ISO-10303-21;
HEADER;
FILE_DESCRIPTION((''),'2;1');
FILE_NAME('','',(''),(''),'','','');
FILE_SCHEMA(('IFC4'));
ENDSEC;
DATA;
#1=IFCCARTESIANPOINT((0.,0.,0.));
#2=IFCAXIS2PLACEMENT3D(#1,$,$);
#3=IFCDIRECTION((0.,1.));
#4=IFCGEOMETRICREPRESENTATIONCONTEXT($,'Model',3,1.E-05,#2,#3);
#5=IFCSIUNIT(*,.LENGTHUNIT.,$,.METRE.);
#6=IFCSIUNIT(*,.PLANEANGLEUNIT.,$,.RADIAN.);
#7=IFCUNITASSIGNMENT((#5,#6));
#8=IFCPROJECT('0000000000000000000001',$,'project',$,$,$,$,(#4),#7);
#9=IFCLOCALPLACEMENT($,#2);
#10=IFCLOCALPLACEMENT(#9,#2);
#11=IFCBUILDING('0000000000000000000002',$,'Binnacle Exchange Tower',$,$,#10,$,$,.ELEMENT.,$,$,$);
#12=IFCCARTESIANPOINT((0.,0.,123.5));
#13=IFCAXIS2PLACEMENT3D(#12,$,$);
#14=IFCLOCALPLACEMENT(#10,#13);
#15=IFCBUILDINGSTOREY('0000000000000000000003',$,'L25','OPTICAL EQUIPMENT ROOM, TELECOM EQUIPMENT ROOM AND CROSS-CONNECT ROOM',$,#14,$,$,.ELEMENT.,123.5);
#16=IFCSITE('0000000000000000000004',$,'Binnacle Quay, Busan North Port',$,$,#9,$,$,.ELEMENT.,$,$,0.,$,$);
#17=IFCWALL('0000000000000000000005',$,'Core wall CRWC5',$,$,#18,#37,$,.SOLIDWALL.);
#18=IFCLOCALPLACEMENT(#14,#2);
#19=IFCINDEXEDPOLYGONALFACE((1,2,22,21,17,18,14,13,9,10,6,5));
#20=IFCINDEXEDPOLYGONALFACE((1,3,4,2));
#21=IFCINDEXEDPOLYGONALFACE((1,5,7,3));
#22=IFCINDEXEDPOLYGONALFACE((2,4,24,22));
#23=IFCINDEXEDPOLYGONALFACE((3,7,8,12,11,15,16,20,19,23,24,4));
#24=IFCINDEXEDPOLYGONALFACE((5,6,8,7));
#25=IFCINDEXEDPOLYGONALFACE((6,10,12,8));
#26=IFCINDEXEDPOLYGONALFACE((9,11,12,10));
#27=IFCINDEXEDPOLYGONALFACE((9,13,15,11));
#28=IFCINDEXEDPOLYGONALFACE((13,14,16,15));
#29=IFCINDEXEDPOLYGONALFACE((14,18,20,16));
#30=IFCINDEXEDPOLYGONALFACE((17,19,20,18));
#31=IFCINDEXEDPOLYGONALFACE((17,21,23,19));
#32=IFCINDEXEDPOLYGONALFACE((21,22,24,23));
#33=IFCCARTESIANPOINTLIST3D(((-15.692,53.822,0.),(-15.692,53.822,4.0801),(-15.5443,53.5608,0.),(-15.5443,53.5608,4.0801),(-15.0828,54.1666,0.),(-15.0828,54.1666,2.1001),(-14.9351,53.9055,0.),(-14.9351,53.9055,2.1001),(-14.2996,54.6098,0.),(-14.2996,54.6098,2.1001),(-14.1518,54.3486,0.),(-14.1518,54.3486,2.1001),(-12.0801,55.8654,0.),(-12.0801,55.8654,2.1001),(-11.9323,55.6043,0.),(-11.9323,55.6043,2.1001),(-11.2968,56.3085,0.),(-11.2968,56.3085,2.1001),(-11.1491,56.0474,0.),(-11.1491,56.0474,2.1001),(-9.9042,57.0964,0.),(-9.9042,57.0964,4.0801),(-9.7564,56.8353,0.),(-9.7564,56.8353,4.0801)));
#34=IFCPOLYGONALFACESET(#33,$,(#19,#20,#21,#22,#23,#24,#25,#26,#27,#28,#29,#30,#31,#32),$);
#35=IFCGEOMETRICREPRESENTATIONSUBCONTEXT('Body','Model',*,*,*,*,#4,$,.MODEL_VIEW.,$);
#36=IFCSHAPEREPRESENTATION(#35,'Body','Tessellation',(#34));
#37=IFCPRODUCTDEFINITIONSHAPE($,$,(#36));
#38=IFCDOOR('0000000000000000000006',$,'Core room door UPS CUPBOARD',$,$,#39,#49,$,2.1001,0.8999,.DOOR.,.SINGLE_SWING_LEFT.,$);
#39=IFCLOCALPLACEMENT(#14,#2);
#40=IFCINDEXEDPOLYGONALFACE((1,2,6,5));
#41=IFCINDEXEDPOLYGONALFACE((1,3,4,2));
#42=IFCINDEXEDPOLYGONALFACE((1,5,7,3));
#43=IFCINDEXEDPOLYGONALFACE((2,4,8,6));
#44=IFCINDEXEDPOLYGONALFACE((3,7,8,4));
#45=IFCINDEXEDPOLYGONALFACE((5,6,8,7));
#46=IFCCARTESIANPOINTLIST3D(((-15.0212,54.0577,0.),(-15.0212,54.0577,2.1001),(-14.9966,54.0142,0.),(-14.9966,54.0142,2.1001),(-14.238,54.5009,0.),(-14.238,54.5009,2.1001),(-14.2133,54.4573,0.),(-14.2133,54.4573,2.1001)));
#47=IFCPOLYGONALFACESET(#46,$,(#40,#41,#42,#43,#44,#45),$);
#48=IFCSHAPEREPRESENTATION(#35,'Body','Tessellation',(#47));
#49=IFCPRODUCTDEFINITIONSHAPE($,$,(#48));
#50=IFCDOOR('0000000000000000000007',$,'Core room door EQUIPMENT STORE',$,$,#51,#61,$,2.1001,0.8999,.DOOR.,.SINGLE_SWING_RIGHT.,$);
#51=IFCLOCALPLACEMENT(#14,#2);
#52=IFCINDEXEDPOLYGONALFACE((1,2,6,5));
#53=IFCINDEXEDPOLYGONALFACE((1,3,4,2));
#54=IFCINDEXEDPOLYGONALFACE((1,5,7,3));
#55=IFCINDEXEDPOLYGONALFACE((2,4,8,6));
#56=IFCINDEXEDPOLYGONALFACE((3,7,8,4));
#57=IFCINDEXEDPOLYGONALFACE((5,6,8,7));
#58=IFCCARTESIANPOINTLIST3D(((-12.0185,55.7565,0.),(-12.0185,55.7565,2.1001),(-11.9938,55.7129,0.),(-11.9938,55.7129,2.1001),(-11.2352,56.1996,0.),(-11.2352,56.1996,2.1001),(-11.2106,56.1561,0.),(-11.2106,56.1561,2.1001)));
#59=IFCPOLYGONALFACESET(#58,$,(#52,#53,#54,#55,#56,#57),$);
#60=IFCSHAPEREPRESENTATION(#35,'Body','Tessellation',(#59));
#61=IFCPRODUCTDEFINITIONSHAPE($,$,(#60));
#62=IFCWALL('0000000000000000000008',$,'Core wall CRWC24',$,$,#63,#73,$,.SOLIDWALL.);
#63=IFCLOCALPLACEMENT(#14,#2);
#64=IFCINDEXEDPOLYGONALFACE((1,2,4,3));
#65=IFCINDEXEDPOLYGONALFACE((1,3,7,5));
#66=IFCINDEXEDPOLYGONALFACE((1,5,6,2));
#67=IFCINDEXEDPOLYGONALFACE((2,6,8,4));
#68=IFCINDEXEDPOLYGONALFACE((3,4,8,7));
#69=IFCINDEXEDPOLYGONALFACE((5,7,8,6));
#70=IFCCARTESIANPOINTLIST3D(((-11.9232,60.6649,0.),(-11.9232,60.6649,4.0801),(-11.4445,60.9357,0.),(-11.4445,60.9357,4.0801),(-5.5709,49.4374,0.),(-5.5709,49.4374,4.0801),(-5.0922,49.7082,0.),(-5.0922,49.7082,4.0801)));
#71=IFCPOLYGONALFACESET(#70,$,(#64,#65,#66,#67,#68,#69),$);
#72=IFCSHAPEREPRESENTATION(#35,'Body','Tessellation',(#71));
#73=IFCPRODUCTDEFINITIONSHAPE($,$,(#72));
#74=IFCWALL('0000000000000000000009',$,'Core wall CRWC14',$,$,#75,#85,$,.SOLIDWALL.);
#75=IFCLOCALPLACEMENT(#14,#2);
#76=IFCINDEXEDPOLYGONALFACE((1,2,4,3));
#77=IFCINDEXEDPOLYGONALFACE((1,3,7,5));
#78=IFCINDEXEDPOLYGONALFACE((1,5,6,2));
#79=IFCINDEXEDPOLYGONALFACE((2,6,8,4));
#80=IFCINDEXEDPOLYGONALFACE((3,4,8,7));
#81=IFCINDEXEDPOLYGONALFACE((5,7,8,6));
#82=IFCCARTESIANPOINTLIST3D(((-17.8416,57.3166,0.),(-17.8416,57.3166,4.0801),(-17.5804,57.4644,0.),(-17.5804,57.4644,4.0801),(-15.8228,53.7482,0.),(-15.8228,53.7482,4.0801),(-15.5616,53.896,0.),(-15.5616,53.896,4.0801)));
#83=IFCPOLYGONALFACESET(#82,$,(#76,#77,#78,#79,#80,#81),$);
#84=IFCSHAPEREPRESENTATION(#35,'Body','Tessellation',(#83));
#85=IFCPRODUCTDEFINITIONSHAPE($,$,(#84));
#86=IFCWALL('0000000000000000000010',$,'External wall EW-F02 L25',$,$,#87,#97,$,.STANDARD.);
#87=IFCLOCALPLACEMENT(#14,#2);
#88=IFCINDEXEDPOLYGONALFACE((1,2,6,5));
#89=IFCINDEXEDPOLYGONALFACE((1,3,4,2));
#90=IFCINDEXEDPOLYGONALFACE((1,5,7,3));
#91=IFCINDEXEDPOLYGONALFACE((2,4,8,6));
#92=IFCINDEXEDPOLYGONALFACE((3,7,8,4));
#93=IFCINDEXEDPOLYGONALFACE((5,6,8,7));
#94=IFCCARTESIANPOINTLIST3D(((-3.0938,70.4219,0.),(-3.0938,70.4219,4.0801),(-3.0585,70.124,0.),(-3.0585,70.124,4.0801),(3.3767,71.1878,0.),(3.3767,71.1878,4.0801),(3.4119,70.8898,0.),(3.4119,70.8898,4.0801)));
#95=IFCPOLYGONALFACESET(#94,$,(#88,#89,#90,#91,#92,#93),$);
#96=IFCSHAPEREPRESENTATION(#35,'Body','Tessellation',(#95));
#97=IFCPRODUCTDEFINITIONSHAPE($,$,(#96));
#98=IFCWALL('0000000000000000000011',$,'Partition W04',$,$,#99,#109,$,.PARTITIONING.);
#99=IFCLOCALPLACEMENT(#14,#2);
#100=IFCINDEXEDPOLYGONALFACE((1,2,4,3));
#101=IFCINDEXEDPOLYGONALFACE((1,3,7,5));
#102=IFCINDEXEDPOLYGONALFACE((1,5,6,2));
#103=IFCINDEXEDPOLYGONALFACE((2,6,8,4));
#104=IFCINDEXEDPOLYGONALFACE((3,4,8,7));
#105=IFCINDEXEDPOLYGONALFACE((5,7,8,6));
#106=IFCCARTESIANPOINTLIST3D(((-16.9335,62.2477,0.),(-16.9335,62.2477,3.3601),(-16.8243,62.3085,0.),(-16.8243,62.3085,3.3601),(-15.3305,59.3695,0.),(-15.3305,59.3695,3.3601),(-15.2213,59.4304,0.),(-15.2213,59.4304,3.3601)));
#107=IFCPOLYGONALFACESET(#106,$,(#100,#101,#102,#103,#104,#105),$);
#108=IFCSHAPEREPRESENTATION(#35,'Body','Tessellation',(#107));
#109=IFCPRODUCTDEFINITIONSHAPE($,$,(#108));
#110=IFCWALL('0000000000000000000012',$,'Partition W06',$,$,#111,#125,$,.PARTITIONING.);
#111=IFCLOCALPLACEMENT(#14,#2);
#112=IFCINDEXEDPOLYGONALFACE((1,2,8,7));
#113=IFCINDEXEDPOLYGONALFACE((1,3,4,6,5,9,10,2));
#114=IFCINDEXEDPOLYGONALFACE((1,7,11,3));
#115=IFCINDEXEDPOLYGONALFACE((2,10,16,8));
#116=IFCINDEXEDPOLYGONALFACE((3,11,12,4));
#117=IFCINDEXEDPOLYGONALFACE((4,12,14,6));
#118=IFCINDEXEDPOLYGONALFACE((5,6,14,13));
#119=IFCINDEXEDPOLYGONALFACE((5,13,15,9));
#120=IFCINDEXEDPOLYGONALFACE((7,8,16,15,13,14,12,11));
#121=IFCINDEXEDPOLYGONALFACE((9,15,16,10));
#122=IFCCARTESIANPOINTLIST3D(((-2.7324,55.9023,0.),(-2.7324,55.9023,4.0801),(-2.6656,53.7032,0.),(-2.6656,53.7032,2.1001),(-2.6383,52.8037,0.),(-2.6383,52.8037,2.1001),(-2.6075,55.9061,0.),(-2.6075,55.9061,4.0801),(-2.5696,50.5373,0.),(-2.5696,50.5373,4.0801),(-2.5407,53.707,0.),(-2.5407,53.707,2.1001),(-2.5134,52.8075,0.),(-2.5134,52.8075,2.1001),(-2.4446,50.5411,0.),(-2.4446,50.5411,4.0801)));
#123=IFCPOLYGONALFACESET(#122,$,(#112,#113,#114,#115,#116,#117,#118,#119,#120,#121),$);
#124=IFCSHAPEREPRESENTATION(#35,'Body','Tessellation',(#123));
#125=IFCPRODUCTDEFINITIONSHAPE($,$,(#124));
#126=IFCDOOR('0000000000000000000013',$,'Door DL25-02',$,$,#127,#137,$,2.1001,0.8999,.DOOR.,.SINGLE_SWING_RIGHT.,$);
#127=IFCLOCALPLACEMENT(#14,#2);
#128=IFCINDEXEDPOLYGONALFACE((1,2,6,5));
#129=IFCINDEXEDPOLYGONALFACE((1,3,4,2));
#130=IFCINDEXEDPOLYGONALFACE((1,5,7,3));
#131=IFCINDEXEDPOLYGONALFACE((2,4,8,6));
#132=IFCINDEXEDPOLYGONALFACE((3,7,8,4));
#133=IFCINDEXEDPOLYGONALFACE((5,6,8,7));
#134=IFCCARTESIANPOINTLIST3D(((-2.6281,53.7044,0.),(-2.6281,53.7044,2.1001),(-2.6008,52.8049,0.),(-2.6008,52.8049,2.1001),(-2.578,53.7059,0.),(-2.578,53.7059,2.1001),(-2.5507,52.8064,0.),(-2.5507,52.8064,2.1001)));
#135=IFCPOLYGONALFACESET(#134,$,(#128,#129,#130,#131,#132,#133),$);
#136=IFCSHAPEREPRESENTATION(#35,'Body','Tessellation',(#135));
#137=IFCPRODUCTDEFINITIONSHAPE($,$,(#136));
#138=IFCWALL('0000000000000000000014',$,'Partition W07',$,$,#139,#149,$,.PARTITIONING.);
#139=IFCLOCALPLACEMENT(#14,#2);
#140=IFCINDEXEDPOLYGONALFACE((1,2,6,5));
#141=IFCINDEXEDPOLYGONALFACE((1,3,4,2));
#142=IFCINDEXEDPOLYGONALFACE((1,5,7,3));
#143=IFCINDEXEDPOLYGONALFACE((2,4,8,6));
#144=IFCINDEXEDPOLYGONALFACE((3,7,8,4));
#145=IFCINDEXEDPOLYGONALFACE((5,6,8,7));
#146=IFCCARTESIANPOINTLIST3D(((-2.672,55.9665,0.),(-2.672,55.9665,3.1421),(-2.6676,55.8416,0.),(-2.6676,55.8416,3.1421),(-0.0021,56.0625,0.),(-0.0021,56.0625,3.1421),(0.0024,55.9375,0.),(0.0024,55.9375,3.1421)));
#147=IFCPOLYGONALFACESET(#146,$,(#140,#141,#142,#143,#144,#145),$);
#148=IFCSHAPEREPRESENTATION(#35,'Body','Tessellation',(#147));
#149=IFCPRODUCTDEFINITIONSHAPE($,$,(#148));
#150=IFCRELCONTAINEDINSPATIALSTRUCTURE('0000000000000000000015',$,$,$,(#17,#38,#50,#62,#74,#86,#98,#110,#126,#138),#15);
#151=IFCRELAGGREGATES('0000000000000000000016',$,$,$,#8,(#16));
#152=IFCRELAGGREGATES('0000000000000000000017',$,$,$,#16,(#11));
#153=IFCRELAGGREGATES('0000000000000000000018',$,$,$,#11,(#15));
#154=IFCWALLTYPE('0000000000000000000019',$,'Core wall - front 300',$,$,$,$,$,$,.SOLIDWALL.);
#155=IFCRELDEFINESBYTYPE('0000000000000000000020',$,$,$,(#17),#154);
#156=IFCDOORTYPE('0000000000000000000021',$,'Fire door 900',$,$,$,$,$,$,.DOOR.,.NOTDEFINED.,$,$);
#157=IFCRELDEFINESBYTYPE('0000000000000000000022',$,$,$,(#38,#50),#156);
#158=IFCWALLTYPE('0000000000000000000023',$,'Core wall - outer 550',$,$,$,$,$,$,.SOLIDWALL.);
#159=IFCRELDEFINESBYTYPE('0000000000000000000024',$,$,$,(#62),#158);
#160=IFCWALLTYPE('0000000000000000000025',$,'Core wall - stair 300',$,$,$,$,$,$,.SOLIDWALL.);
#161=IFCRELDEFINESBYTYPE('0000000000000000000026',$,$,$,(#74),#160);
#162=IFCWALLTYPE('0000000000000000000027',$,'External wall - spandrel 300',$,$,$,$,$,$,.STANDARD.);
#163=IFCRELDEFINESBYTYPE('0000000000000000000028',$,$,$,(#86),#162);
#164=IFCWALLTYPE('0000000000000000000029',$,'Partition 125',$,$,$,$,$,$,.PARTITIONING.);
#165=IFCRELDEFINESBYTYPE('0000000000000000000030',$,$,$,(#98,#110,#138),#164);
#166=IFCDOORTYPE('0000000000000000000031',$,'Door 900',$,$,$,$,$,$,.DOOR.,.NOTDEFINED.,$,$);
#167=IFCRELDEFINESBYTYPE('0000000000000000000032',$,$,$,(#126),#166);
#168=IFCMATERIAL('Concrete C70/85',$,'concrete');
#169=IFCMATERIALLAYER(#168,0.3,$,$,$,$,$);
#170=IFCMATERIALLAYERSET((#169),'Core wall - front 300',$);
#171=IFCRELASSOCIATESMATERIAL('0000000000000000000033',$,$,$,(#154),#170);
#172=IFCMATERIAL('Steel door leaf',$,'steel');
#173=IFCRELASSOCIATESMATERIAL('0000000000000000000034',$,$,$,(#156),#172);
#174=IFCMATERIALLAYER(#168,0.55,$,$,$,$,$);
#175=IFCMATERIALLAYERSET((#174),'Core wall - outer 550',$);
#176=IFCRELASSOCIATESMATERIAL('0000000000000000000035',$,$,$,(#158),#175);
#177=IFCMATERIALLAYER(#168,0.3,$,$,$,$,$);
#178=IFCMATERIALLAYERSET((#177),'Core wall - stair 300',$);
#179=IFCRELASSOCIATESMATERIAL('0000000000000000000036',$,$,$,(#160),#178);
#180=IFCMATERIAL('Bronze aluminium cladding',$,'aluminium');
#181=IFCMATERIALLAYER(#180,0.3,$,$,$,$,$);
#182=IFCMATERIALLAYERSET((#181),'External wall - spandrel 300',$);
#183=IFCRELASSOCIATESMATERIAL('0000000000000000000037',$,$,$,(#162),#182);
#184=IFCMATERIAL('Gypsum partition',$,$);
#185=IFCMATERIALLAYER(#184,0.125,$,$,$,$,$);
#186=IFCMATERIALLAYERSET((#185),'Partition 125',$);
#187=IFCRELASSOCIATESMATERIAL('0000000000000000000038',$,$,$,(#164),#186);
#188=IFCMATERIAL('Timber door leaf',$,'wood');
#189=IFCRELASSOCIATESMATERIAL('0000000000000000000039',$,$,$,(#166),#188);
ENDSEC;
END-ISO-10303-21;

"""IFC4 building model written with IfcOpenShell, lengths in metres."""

from ifc_helpers import new_model, si_unit, direction, frame, frame_2d, origin, place, context, subcontext, project, spatial, rectangle, extrude, material, layer, layer_set, type_object, element, fill, save


model = new_model("IFC4")

# Units and contexts
model_context = context("Model", 3, precision=1e-05, world=origin(), true_north=direction((0.0, 1.0)))
body_context = subcontext(model_context, "Body", "Model", "MODEL_VIEW")
ifc_project = project(units=[si_unit("LENGTHUNIT", "METRE"), si_unit("PLANEANGLEUNIT", "RADIAN")], contexts=[model_context])

# Site, building, storey
site_placement = place(None, origin())
site = spatial("IfcSite", under=ifc_project, at=site_placement, Name="Binnacle Quay, Busan North Port", CompositionType="ELEMENT", RefElevation=0.0)
building_placement = place(site_placement, origin())
building = spatial("IfcBuilding", under=site, at=building_placement, Name="Binnacle Exchange Tower", CompositionType="ELEMENT")
storey_placement = place(building_placement, frame((0.0, 0.0, 123.5)))
storey = spatial("IfcBuildingStorey", under=building, at=storey_placement, Name="L25", Description="OPTICAL EQUIPMENT ROOM, TELECOM EQUIPMENT ROOM AND CROSS-CONNECT ROOM", CompositionType="ELEMENT", Elevation=123.5)

# Shared definitions
ifc_material_1 = material(Name="Concrete C70/85", Category="concrete")

# Wall, openings, doors
ifc_layer_1 = layer(ifc_material_1, 0.3)
ifc_layer_set_1 = layer_set([ifc_layer_1], Name="Core wall - front 300")
wall_type_1 = type_object("IfcWallType", Name="Core wall - front 300", PredefinedType="SOLIDWALL", material=ifc_layer_set_1)
wall_1_placement = place(storey_placement, frame((-15.6182, 53.6914, 0.0), z_axis=(0.0, 0.0, 1.0), x_axis=(0.870368, 0.492402, 0.0)))
wall_1 = element("IfcWall", 1, at=wall_1_placement, inside=storey, type_object=wall_type_1, Name="Core wall CRWC5", PredefinedType="SOLIDWALL", context=body_context, shape_type="SweptSolid", body=[
    extrude(rectangle(XDim=6.6499, YDim=0.3, at=frame_2d((3.325, 0.0))), origin(), (0.0, 0.0, 1.0), 4.0801),
])
opening_1_placement = place(wall_1_placement, frame((0.7, 0.0, 0.0)))
opening_1 = element("IfcOpeningElement", 2, at=opening_1_placement, cuts=wall_1, PredefinedType="OPENING", context=body_context, shape_type="SweptSolid", body=[
    extrude(rectangle(XDim=0.8999, YDim=2.1001, at=frame_2d((0.45, 1.05))), frame((0.0, 0.1599, 0.0), z_axis=(0.0, -1.0, 0.0), x_axis=(1.0, 0.0, 0.0)), (0.0, 0.0, 1.0), 0.3201),
])
opening_2_placement = place(wall_1_placement, frame((4.1499, 0.0, 0.0)))
opening_2 = element("IfcOpeningElement", 3, at=opening_2_placement, cuts=wall_1, PredefinedType="OPENING", context=body_context, shape_type="SweptSolid", body=[
    extrude(rectangle(XDim=0.8999, YDim=2.1001, at=frame_2d((0.45, 1.05))), frame((0.0, 0.1599, 0.0), z_axis=(0.0, -1.0, 0.0), x_axis=(1.0, 0.0, 0.0)), (0.0, 0.0, 1.0), 0.3201),
])
ifc_material_2 = material(Name="Steel door leaf", Category="steel")
door_type_1 = type_object("IfcDoorType", Name="Fire door 900", OperationType="NOTDEFINED", PredefinedType="DOOR", material=ifc_material_2)
door_1_placement = place(opening_1_placement, origin())
door_1 = element("IfcDoor", 4, at=door_1_placement, inside=storey, type_object=door_type_1, Name="Core room door UPS CUPBOARD", OperationType="SINGLE_SWING_LEFT", OverallHeight=2.1001, OverallWidth=0.8999, PredefinedType="DOOR", context=body_context, shape_type="SweptSolid", body=[
    extrude(rectangle(XDim=0.8999, YDim=2.1001, at=frame_2d((0.45, 1.05))), frame((0.0, 0.0249, 0.0), z_axis=(0.0, -1.0, 0.0), x_axis=(1.0, 0.0, 0.0)), (0.0, 0.0, 1.0), 0.05),
])
fill(opening_1, door_1)
door_2_placement = place(opening_2_placement, origin())
door_2 = element("IfcDoor", 5, at=door_2_placement, inside=storey, type_object=door_type_1, Name="Core room door EQUIPMENT STORE", OperationType="SINGLE_SWING_RIGHT", OverallHeight=2.1001, OverallWidth=0.8999, PredefinedType="DOOR", context=body_context, shape_type="SweptSolid", body=[
    extrude(rectangle(XDim=0.8999, YDim=2.1001, at=frame_2d((0.45, 1.05))), frame((0.0, 0.0249, 0.0), z_axis=(0.0, -1.0, 0.0), x_axis=(1.0, 0.0, 0.0)), (0.0, 0.0, 1.0), 0.05),
])
fill(opening_2, door_2)

# Walls
ifc_layer_2 = layer(ifc_material_1, 0.55)
ifc_layer_set_2 = layer_set([ifc_layer_2], Name="Core wall - outer 550")
wall_type_2 = type_object("IfcWallType", Name="Core wall - outer 550", PredefinedType="SOLIDWALL", material=ifc_layer_set_2)
wall_2_placement = place(storey_placement, frame((-11.6838, 60.8003, 0.0), z_axis=(0.0, 0.0, 1.0), x_axis=(0.492427, -0.870354, 0.0)))
element("IfcWall", 6, at=wall_2_placement, inside=storey, type_object=wall_type_2, Name="Core wall CRWC24", PredefinedType="SOLIDWALL", context=body_context, shape_type="SweptSolid", body=[
    extrude(rectangle(XDim=12.8999, YDim=0.55, at=frame_2d((6.45, 0.0))), origin(), (0.0, 0.0, 1.0), 4.0801),
])
ifc_layer_3 = layer(ifc_material_1, 0.3)
ifc_layer_set_3 = layer_set([ifc_layer_3], Name="Core wall - stair 300")
wall_type_3 = type_object("IfcWallType", Name="Core wall - stair 300", PredefinedType="SOLIDWALL", material=ifc_layer_set_3)
wall_3_placement = place(storey_placement, frame((-17.7109, 57.3904, 0.0), z_axis=(0.0, 0.0, 1.0), x_axis=(0.492408, -0.870364, 0.0)))
element("IfcWall", 7, at=wall_3_placement, inside=storey, type_object=wall_type_3, Name="Core wall CRWC14", PredefinedType="SOLIDWALL", context=body_context, shape_type="SweptSolid", body=[
    extrude(rectangle(XDim=4.0999, YDim=0.3, at=frame_2d((2.0498, 0.0))), origin(), (0.0, 0.0, 1.0), 4.0801),
])
ifc_material_3 = material(Name="Bronze aluminium cladding", Category="aluminium")
ifc_layer_4 = layer(ifc_material_3, 0.3)
ifc_layer_set_4 = layer_set([ifc_layer_4], Name="External wall - spandrel 300")
wall_type_4 = type_object("IfcWallType", Name="External wall - spandrel 300", PredefinedType="STANDARD", material=ifc_layer_set_4)
wall_4_placement = place(storey_placement, frame((-3.0762, 70.2729, 0.0), z_axis=(0.0, 0.0, 1.0), x_axis=(0.993068, 0.117543, 0.0)))
element("IfcWall", 8, at=wall_4_placement, inside=storey, type_object=wall_type_4, Name="External wall EW-F02 L25", PredefinedType="STANDARD", context=body_context, shape_type="SweptSolid", body=[
    extrude(rectangle(XDim=6.5156, YDim=0.3, at=frame_2d((3.2578, 0.0))), origin(), (0.0, 0.0, 1.0), 4.0801),
])
ifc_material_4 = material(Name="Gypsum partition")
ifc_layer_5 = layer(ifc_material_4, 0.125)
ifc_layer_set_5 = layer_set([ifc_layer_5], Name="Partition 125")
wall_type_5 = type_object("IfcWallType", Name="Partition 125", PredefinedType="PARTITIONING", material=ifc_layer_set_5)
wall_5_placement = place(storey_placement, frame((-16.8789, 62.2781, 0.0), z_axis=(0.0, 0.0, 1.0), x_axis=(0.48658, -0.873636, 0.0)))
element("IfcWall", 9, at=wall_5_placement, inside=storey, type_object=wall_type_5, Name="Partition W04", PredefinedType="PARTITIONING", context=body_context, shape_type="SweptSolid", body=[
    extrude(rectangle(XDim=3.2944, YDim=0.125, at=frame_2d((1.6472, 0.0))), origin(), (0.0, 0.0, 1.0), 3.3601),
])

# Wall, opening, door
wall_6_placement = place(storey_placement, frame((-2.6699, 55.9041, 0.0), z_axis=(0.0, 0.0, 1.0), x_axis=(0.030339, -0.99954, 0.0)))
wall_6 = element("IfcWall", 10, at=wall_6_placement, inside=storey, type_object=wall_type_5, Name="Partition W06", PredefinedType="PARTITIONING", context=body_context, shape_type="SweptSolid", body=[
    extrude(rectangle(XDim=5.3674, YDim=0.125, at=frame_2d((2.6836, 0.0))), origin(), (0.0, 0.0, 1.0), 4.0801),
])
opening_3_placement = place(wall_6_placement, frame((2.2, 0.0, 0.0)))
opening_3 = element("IfcOpeningElement", 11, at=opening_3_placement, cuts=wall_6, PredefinedType="OPENING", context=body_context, shape_type="SweptSolid", body=[
    extrude(rectangle(XDim=0.8999, YDim=2.1001, at=frame_2d((0.45, 1.05))), frame((0.0, 0.0725, 0.0), z_axis=(0.0, -1.0, 0.0), x_axis=(1.0, 0.0, 0.0)), (0.0, 0.0, 1.0), 0.145),
])
ifc_material_5 = material(Name="Timber door leaf", Category="wood")
door_type_2 = type_object("IfcDoorType", Name="Door 900", OperationType="NOTDEFINED", PredefinedType="DOOR", material=ifc_material_5)
door_3_placement = place(opening_3_placement, frame((0.8999, 0.0, 0.0), z_axis=(0.0, 0.0, 1.0), x_axis=(-1.0, 0.0, 0.0)))
door_3 = element("IfcDoor", 12, at=door_3_placement, inside=storey, type_object=door_type_2, Name="Door DL25-02", OperationType="SINGLE_SWING_RIGHT", OverallHeight=2.1001, OverallWidth=0.8999, PredefinedType="DOOR", context=body_context, shape_type="SweptSolid", body=[
    extrude(rectangle(XDim=0.8999, YDim=2.1001, at=frame_2d((0.45, 1.05))), frame((0.0, 0.0249, 0.0), z_axis=(0.0, -1.0, 0.0), x_axis=(1.0, 0.0, 0.0)), (0.0, 0.0, 1.0), 0.05),
])
fill(opening_3, door_3)

# Wall
wall_7_placement = place(storey_placement, frame((-2.6699, 55.9041, 0.0), z_axis=(0.0, 0.0, 1.0), x_axis=(0.999355, 0.035913, 0.0)))
element("IfcWall", 13, at=wall_7_placement, inside=storey, type_object=wall_type_5, Name="Partition W07", PredefinedType="PARTITIONING", context=body_context, shape_type="SweptSolid", body=[
    extrude(rectangle(XDim=2.6716, YDim=0.125, at=frame_2d((1.3359, 0.0))), origin(), (0.0, 0.0, 1.0), 3.1421),
])

save(model, "model.ifc")
